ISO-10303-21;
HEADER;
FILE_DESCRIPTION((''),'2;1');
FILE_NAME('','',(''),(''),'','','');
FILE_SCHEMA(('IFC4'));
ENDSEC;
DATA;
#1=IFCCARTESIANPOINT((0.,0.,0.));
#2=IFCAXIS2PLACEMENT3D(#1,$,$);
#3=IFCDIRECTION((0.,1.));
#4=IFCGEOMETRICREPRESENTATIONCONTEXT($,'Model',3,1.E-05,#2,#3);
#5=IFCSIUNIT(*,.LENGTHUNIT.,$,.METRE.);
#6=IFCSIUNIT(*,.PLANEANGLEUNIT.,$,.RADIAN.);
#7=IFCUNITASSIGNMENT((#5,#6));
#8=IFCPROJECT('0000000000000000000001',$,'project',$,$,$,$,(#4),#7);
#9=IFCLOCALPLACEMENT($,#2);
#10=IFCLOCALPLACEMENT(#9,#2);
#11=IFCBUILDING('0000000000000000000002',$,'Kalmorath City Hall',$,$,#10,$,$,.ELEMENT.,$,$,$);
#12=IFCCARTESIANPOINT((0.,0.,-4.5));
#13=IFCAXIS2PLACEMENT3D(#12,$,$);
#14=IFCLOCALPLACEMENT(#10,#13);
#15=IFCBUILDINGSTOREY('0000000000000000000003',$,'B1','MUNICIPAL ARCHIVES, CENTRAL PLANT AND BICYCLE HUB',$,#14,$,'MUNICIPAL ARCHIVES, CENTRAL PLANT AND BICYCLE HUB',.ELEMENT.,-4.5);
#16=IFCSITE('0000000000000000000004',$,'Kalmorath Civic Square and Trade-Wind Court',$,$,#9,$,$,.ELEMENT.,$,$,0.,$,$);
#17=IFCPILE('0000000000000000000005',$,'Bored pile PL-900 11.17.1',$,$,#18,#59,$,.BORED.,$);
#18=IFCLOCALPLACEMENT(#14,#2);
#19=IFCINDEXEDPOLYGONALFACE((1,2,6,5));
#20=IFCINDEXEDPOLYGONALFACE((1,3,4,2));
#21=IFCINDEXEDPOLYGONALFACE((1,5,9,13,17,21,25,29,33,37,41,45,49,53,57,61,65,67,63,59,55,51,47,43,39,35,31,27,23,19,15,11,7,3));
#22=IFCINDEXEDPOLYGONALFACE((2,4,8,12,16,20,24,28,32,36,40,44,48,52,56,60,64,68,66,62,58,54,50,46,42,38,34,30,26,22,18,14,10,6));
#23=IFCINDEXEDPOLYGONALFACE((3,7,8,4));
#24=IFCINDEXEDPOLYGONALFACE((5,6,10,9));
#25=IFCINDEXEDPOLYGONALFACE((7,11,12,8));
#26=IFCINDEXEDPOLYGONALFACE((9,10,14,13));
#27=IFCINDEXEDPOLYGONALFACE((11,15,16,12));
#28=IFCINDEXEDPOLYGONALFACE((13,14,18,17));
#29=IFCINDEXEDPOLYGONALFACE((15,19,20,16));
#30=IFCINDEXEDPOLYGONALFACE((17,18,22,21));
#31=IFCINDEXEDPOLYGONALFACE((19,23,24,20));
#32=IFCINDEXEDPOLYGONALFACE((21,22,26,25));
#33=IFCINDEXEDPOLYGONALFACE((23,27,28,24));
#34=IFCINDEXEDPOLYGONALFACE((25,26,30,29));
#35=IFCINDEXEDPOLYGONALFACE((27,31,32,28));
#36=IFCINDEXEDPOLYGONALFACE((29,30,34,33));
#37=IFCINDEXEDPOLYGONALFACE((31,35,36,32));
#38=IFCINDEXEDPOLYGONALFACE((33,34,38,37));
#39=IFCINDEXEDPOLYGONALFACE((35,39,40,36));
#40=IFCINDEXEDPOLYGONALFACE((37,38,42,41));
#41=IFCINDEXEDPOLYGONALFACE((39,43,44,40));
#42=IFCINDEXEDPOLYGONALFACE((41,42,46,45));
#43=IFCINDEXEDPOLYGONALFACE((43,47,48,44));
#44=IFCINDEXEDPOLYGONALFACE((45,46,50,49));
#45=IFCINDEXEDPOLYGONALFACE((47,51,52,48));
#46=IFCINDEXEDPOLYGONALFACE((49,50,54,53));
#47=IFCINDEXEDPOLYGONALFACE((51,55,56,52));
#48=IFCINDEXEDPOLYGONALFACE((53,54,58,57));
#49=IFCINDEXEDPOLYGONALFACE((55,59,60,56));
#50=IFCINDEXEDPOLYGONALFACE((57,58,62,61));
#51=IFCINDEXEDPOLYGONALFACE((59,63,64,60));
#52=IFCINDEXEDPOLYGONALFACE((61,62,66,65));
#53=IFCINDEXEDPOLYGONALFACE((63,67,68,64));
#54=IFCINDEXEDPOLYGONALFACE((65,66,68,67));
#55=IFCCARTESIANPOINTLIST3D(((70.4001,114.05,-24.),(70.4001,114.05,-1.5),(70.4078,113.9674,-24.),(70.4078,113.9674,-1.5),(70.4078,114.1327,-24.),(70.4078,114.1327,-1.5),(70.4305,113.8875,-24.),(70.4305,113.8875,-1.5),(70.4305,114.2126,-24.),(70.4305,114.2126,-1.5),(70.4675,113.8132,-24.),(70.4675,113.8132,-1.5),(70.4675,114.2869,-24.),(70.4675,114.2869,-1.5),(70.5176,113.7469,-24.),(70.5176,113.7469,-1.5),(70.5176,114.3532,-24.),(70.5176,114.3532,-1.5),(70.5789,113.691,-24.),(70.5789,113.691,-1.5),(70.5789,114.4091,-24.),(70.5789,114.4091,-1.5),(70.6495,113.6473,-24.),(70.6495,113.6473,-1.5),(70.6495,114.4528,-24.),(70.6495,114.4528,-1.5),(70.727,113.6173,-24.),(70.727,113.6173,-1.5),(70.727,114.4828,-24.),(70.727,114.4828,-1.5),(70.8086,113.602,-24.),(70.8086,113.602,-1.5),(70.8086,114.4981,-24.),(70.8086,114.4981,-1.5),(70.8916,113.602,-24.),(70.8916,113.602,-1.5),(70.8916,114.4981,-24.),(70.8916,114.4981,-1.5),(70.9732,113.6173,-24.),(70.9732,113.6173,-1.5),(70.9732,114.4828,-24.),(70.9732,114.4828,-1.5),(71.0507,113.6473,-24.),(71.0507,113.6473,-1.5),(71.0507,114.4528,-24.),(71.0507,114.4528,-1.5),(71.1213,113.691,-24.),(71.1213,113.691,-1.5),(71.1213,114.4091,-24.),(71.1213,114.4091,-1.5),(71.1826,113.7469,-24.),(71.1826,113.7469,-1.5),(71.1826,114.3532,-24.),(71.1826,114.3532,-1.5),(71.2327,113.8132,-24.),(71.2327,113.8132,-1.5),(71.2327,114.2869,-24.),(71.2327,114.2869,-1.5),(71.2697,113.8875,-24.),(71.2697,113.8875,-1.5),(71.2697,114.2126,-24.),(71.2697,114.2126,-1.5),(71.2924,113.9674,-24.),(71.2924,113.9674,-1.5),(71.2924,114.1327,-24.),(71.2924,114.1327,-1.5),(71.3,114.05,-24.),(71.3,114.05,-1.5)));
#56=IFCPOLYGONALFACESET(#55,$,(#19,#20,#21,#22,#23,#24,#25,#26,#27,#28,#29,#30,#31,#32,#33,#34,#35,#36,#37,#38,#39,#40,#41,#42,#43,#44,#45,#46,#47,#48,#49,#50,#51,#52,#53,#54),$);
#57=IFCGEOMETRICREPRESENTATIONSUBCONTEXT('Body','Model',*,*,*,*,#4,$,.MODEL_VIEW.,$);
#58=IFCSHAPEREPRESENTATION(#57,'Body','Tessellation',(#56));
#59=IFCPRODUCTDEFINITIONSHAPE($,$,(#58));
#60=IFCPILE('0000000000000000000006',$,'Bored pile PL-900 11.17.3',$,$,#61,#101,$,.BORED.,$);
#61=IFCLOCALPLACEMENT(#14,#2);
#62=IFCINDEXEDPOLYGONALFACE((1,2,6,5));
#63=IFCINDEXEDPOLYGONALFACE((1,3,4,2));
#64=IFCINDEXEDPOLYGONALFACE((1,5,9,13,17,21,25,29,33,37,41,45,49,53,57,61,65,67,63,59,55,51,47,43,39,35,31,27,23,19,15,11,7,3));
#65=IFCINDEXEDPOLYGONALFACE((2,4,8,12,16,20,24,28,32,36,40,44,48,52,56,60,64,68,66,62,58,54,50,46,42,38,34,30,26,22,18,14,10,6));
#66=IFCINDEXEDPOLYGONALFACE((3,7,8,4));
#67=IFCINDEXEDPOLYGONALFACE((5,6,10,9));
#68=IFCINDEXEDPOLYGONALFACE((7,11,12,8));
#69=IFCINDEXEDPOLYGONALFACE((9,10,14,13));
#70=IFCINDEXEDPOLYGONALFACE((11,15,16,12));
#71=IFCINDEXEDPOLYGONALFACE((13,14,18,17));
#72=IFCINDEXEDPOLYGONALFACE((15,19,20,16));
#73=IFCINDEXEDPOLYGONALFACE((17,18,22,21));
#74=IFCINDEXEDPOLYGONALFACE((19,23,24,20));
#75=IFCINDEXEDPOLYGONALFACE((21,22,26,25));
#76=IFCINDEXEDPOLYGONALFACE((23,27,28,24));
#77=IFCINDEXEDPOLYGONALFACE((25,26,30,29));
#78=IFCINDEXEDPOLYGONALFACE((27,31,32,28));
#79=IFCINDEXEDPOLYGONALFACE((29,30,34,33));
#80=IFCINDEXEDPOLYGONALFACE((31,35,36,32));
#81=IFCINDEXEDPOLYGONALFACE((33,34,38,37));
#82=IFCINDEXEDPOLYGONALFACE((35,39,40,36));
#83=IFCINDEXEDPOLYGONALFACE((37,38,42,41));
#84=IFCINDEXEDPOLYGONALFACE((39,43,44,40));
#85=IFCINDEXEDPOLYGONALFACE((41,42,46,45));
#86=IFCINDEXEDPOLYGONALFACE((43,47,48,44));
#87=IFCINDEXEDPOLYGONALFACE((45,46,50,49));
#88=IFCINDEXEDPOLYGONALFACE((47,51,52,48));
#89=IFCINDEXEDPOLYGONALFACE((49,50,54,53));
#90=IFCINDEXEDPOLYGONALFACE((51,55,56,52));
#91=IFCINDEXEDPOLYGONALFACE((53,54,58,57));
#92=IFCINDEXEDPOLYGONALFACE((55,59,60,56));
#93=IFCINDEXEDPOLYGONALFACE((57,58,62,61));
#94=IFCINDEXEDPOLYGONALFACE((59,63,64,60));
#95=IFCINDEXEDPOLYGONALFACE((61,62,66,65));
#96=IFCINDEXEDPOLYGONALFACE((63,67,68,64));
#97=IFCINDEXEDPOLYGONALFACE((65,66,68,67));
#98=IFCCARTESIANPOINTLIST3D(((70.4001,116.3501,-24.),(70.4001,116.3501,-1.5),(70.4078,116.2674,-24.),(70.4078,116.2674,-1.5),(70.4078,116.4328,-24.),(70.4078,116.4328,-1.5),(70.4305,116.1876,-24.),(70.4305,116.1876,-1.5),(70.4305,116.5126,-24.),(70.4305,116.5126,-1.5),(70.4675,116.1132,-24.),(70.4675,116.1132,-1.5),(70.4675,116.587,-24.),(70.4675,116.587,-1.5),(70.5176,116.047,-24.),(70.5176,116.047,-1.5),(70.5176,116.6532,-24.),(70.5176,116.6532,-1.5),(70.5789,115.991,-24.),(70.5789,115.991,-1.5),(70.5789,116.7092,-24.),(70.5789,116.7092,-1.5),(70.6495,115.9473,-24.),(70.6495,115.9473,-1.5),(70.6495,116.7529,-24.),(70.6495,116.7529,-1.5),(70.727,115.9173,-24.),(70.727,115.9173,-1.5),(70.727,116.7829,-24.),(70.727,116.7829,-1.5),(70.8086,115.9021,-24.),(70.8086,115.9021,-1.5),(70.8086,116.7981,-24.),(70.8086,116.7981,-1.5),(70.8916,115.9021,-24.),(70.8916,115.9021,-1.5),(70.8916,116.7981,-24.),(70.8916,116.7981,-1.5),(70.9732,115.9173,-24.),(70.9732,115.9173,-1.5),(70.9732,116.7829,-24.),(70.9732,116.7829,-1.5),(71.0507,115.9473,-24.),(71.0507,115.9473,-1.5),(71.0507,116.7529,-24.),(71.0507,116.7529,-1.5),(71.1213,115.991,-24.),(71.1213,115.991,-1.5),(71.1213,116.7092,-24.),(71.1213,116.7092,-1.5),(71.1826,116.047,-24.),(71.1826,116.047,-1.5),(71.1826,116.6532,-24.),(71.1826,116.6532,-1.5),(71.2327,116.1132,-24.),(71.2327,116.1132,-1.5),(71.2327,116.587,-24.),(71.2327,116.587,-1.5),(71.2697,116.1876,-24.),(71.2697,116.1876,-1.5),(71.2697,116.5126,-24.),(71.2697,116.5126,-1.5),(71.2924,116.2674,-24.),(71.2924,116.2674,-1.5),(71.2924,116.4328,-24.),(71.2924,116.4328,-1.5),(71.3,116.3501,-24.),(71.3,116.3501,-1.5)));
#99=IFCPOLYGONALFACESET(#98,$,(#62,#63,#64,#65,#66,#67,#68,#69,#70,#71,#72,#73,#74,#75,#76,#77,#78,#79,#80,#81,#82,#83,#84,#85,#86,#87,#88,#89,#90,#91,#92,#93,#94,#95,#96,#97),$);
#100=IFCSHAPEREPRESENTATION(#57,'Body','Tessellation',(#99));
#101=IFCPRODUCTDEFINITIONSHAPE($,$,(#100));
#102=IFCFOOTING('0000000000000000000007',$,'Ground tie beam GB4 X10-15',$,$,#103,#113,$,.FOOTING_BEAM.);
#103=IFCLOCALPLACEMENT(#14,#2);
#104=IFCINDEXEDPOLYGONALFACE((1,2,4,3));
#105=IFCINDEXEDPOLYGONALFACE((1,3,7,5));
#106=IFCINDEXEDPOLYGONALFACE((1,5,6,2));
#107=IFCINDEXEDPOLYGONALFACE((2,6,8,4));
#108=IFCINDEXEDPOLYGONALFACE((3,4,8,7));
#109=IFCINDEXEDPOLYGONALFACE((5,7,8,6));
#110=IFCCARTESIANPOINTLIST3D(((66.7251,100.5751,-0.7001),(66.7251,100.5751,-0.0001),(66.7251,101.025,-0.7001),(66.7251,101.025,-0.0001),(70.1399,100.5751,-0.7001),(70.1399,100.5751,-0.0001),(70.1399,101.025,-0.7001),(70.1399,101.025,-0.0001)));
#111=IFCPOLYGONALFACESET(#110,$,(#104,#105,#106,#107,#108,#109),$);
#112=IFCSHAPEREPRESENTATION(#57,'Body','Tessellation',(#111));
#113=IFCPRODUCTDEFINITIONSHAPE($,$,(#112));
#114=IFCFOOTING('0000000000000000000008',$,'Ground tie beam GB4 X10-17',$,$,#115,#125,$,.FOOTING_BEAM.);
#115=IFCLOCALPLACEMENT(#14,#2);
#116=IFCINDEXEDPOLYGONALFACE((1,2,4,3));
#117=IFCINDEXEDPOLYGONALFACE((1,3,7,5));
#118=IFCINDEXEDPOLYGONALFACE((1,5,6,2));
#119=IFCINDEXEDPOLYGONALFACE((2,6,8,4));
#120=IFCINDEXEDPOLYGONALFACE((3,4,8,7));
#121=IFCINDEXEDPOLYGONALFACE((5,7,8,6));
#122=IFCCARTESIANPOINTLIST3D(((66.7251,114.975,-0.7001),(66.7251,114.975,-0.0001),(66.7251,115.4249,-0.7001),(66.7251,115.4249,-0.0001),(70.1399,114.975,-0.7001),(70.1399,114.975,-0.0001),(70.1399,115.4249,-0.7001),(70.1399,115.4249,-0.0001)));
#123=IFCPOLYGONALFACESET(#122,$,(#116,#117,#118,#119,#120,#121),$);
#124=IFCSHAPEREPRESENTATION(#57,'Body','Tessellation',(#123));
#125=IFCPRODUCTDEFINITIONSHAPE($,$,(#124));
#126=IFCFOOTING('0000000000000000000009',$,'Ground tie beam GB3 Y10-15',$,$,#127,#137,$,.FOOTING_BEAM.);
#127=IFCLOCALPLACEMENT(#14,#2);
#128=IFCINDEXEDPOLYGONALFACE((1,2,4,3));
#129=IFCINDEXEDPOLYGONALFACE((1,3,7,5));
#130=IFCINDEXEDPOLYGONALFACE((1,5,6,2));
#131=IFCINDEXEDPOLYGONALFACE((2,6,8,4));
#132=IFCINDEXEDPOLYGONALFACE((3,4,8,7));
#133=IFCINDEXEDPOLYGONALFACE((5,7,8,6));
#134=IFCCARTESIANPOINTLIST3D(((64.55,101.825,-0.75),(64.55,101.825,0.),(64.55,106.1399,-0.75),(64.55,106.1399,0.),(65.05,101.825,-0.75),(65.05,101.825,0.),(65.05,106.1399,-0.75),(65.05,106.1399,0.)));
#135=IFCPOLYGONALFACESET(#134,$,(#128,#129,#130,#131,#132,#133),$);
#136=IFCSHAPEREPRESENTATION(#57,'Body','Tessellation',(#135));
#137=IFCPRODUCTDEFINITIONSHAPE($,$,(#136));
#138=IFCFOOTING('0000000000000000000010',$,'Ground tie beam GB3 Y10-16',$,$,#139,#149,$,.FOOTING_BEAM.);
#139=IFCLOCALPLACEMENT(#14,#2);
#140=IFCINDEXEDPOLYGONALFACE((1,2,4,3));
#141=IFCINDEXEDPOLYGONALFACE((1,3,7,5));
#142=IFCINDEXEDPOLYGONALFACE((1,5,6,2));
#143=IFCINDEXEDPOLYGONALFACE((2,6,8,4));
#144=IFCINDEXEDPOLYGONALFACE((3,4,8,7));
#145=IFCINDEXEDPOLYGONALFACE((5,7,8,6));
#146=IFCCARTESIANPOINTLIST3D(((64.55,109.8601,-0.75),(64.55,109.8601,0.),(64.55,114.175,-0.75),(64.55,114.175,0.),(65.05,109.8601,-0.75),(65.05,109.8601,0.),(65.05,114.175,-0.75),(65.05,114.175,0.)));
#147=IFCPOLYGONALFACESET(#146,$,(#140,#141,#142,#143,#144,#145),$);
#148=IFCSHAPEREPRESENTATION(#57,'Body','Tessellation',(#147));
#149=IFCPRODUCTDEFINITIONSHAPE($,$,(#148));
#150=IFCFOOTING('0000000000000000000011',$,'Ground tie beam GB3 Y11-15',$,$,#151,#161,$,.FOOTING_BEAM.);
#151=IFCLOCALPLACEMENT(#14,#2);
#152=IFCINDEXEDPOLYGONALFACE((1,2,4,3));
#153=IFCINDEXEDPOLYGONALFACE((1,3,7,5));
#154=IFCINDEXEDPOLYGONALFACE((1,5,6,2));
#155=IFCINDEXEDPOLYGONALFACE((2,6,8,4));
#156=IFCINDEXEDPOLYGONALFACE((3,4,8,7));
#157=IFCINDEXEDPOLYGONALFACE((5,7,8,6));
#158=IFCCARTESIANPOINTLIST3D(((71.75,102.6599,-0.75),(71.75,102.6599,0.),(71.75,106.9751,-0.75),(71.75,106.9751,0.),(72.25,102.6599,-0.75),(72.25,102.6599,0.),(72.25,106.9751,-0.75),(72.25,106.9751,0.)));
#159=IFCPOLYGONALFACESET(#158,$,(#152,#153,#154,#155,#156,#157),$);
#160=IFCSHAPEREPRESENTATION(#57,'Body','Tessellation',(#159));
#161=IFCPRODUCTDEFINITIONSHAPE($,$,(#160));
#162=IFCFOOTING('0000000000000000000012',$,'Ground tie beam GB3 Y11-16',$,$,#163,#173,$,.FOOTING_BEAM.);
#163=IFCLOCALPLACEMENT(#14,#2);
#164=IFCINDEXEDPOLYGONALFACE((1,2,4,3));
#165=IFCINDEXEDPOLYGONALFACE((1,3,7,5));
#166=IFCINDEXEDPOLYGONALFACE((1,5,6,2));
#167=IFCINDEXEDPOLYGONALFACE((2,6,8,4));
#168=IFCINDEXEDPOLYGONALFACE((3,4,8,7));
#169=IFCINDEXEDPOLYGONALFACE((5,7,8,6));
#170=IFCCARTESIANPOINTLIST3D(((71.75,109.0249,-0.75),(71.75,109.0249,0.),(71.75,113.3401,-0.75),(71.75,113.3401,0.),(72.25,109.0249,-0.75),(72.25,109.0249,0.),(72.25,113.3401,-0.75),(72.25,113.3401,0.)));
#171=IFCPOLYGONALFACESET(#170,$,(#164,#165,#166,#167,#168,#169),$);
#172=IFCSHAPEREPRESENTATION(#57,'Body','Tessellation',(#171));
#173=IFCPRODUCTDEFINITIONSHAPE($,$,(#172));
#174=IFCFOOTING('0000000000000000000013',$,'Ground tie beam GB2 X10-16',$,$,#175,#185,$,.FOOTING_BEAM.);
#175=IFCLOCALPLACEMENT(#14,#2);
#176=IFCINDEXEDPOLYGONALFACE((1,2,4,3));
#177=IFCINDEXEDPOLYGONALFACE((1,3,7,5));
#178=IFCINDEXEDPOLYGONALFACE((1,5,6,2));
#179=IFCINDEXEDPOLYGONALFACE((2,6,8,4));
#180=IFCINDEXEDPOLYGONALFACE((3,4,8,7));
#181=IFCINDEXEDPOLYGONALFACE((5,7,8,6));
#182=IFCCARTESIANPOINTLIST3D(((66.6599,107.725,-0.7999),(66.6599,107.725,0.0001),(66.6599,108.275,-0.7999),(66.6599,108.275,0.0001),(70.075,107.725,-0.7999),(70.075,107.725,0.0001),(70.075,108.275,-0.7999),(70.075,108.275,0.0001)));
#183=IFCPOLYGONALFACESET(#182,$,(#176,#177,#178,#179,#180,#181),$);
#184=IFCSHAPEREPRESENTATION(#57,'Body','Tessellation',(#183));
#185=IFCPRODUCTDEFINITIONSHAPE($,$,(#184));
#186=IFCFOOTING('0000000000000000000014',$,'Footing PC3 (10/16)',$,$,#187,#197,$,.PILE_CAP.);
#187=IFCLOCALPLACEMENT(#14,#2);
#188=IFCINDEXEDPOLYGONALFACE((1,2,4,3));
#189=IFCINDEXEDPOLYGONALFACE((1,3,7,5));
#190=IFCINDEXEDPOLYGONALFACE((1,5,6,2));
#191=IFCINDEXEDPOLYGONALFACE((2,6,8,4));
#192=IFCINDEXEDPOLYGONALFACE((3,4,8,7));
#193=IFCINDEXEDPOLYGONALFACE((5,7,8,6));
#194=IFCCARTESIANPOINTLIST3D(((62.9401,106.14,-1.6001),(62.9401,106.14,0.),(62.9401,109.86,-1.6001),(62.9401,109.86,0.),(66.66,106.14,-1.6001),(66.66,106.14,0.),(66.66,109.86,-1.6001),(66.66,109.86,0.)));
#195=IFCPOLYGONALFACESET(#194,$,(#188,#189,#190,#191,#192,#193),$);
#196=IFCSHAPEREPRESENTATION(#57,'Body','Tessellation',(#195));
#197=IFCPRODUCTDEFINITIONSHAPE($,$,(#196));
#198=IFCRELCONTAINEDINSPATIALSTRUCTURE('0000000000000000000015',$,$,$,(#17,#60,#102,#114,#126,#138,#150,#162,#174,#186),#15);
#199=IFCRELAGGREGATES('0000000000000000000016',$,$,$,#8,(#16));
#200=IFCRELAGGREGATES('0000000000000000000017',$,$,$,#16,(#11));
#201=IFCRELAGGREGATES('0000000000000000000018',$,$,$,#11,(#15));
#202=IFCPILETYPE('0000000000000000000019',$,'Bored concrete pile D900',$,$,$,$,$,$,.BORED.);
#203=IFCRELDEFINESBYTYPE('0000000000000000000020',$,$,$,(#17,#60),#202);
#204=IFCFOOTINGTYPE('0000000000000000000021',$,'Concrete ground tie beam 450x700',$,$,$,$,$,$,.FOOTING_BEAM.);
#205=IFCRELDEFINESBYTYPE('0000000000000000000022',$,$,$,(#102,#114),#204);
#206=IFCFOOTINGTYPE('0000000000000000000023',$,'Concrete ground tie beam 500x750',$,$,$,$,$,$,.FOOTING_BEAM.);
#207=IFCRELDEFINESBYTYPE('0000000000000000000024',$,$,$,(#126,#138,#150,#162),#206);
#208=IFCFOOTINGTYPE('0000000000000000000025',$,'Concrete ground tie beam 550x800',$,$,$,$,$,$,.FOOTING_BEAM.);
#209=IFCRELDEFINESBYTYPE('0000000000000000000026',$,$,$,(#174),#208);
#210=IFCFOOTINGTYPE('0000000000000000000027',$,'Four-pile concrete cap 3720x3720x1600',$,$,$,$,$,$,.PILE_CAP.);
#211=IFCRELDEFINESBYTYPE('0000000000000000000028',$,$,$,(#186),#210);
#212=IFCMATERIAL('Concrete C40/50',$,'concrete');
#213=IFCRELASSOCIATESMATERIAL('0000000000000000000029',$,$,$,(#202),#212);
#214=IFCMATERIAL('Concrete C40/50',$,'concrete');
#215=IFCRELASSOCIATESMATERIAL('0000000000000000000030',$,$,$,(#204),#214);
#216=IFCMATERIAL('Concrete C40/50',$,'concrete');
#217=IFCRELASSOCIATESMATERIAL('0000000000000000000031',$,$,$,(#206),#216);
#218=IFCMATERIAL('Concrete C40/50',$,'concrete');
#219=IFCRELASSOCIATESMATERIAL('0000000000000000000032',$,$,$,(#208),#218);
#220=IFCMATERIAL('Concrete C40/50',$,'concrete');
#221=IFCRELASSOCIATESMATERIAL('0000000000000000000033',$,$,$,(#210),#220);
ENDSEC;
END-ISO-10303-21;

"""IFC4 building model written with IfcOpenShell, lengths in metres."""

from ifc_helpers import new_model, si_unit, direction, frame, origin, origin_2d, place, context, subcontext, project, spatial, rectangle, circle, extrude, material, material_profile, profile_set, type_object, element, save


model = new_model("IFC4")

# Units and contexts
model_context = context("Model", 3, precision=1e-05, world=origin(), true_north=direction((0.0, 1.0)))
body_context = subcontext(model_context, "Body", "Model", "MODEL_VIEW")
ifc_project = project(units=[si_unit("LENGTHUNIT", "METRE"), si_unit("PLANEANGLEUNIT", "RADIAN")], contexts=[model_context])

# Site, building, storey
site_placement = place(None, origin())
site = spatial("IfcSite", under=ifc_project, at=site_placement, Name="Kalmorath Civic Square and Trade-Wind Court", CompositionType="ELEMENT", RefElevation=0.0)
building_placement = place(site_placement, origin())
building = spatial("IfcBuilding", under=site, at=building_placement, Name="Kalmorath City Hall", CompositionType="ELEMENT")
storey_placement = place(building_placement, frame((0.0, 0.0, -4.5)))
storey = spatial("IfcBuildingStorey", under=building, at=storey_placement, Name="B1", Description="MUNICIPAL ARCHIVES, CENTRAL PLANT AND BICYCLE HUB", LongName="MUNICIPAL ARCHIVES, CENTRAL PLANT AND BICYCLE HUB", CompositionType="ELEMENT", Elevation=-4.5)

# Piles
ifc_material_1 = material(Name="Concrete C40/50", Category="concrete")
ifc_material_profile_1 = material_profile(ifc_material_1, circle(Radius=0.45, at=origin_2d()), Name="PILE-D900")
ifc_profile_set_1 = profile_set([ifc_material_profile_1], Name="Concrete C40/50")
pile_type = type_object("IfcPileType", Name="Bored concrete pile D900", PredefinedType="BORED", material=ifc_profile_set_1)
for number, where, z_axis, x_axis, name in (
    (1, (70.8501, 114.05, -1.5), (0.0, 0.0, -1.0), (1.0, 0.0, 0.0), "Bored pile PL-900 11.17.1"),
    (2, (70.8501, 116.3501, -1.5), (0.0, 0.0, -1.0), (1.0, 0.0, 0.0), "Bored pile PL-900 11.17.3"),
):
    element("IfcPile", number, at=place(storey_placement, frame(where, z_axis=z_axis, x_axis=x_axis)), inside=storey, type_object=pile_type, Name=name, PredefinedType="BORED", context=body_context, shape_type="SweptSolid", body=[
        extrude(circle(Radius=0.45, at=origin_2d()), origin(), (0.0, 0.0, 1.0), 22.5),
    ])

# Footings
ifc_material_2 = material(Name="Concrete C40/50", Category="concrete")
ifc_material_profile_2 = material_profile(ifc_material_2, rectangle(XDim=0.45, YDim=0.7, at=origin_2d()), Name="RC-BM-450X700")
ifc_profile_set_2 = profile_set([ifc_material_profile_2], Name="Concrete C40/50")
footing_type_1 = type_object("IfcFootingType", Name="Concrete ground tie beam 450x700", PredefinedType="FOOTING_BEAM", material=ifc_profile_set_2)
for number, where, z_axis, x_axis, name in (
    (3, (66.7251, 100.8, -0.3501), (1.0, 0.0, 0.0), (0.0, 1.0, 0.0), "Ground tie beam GB4 X10-15"),
    (4, (66.7251, 115.2, -0.3501), (1.0, 0.0, 0.0), (0.0, 1.0, 0.0), "Ground tie beam GB4 X10-17"),
):
    element("IfcFooting", number, at=place(storey_placement, frame(where, z_axis=z_axis, x_axis=x_axis)), inside=storey, type_object=footing_type_1, Name=name, PredefinedType="FOOTING_BEAM", context=body_context, shape_type="SweptSolid", body=[
        extrude(rectangle(XDim=0.45, YDim=0.7, at=origin_2d()), origin(), (0.0, 0.0, 1.0), 3.4148),
    ])
ifc_material_3 = material(Name="Concrete C40/50", Category="concrete")
ifc_material_profile_3 = material_profile(ifc_material_3, rectangle(XDim=0.5, YDim=0.75, at=origin_2d()), Name="RC-BM-500X750")
ifc_profile_set_3 = profile_set([ifc_material_profile_3], Name="Concrete C40/50")
footing_type_2 = type_object("IfcFootingType", Name="Concrete ground tie beam 500x750", PredefinedType="FOOTING_BEAM", material=ifc_profile_set_3)
for number, where, z_axis, x_axis, name in (
    (5, (64.8, 101.825, -0.375), (0.0, 1.0, 0.0), (-1.0, 0.0, 0.0), "Ground tie beam GB3 Y10-15"),
    (6, (64.8, 109.8601, -0.375), (0.0, 1.0, 0.0), (-1.0, 0.0, 0.0), "Ground tie beam GB3 Y10-16"),
):
    element("IfcFooting", number, at=place(storey_placement, frame(where, z_axis=z_axis, x_axis=x_axis)), inside=storey, type_object=footing_type_2, Name=name, PredefinedType="FOOTING_BEAM", context=body_context, shape_type="SweptSolid", body=[
        extrude(rectangle(XDim=0.5, YDim=0.75, at=origin_2d()), origin(), (0.0, 0.0, 1.0), 4.3149),
    ])
for number, where, z_axis, x_axis, name in (
    (7, (72.0, 102.6599, -0.375), (0.0, 1.0, 0.0), (-1.0, 0.0, 0.0), "Ground tie beam GB3 Y11-15"),
    (8, (72.0, 109.0249, -0.375), (0.0, 1.0, 0.0), (-1.0, 0.0, 0.0), "Ground tie beam GB3 Y11-16"),
):
    element("IfcFooting", number, at=place(storey_placement, frame(where, z_axis=z_axis, x_axis=x_axis)), inside=storey, type_object=footing_type_2, Name=name, PredefinedType="FOOTING_BEAM", context=body_context, shape_type="SweptSolid", body=[
        extrude(rectangle(XDim=0.5, YDim=0.75, at=origin_2d()), origin(), (0.0, 0.0, 1.0), 4.3152),
    ])
ifc_material_4 = material(Name="Concrete C40/50", Category="concrete")
ifc_material_profile_4 = material_profile(ifc_material_4, rectangle(XDim=0.55, YDim=0.8, at=origin_2d()), Name="RC-BM-550X800")
ifc_profile_set_4 = profile_set([ifc_material_profile_4], Name="Concrete C40/50")
footing_type_3 = type_object("IfcFootingType", Name="Concrete ground tie beam 550x800", PredefinedType="FOOTING_BEAM", material=ifc_profile_set_4)
footing_placement = place(storey_placement, frame((66.6599, 108.0, -0.3999), z_axis=(1.0, 0.0, 0.0), x_axis=(0.0, 1.0, 0.0)))
element("IfcFooting", 9, at=footing_placement, inside=storey, type_object=footing_type_3, Name="Ground tie beam GB2 X10-16", PredefinedType="FOOTING_BEAM", context=body_context, shape_type="SweptSolid", body=[
    extrude(rectangle(XDim=0.55, YDim=0.8, at=origin_2d()), origin(), (0.0, 0.0, 1.0), 3.415),
])
ifc_material_5 = material(Name="Concrete C40/50", Category="concrete")
footing_type_4 = type_object("IfcFootingType", Name="Four-pile concrete cap 3720x3720x1600", PredefinedType="PILE_CAP", material=ifc_material_5)
for number, where, z_axis, x_axis, name in (
    (10, (64.8, 108.0, -1.6001), (0.0, 0.0, 1.0), (1.0, 0.0, 0.0), "Footing PC3 (10/16)"),
):
    element("IfcFooting", number, at=place(storey_placement, frame(where, z_axis=z_axis, x_axis=x_axis)), inside=storey, type_object=footing_type_4, Name=name, PredefinedType="PILE_CAP", context=body_context, shape_type="SweptSolid", body=[
        extrude(rectangle(XDim=3.72, YDim=3.72, at=origin_2d()), origin(), (0.0, 0.0, 1.0), 1.6001),
    ])

save(model, "model.ifc")
